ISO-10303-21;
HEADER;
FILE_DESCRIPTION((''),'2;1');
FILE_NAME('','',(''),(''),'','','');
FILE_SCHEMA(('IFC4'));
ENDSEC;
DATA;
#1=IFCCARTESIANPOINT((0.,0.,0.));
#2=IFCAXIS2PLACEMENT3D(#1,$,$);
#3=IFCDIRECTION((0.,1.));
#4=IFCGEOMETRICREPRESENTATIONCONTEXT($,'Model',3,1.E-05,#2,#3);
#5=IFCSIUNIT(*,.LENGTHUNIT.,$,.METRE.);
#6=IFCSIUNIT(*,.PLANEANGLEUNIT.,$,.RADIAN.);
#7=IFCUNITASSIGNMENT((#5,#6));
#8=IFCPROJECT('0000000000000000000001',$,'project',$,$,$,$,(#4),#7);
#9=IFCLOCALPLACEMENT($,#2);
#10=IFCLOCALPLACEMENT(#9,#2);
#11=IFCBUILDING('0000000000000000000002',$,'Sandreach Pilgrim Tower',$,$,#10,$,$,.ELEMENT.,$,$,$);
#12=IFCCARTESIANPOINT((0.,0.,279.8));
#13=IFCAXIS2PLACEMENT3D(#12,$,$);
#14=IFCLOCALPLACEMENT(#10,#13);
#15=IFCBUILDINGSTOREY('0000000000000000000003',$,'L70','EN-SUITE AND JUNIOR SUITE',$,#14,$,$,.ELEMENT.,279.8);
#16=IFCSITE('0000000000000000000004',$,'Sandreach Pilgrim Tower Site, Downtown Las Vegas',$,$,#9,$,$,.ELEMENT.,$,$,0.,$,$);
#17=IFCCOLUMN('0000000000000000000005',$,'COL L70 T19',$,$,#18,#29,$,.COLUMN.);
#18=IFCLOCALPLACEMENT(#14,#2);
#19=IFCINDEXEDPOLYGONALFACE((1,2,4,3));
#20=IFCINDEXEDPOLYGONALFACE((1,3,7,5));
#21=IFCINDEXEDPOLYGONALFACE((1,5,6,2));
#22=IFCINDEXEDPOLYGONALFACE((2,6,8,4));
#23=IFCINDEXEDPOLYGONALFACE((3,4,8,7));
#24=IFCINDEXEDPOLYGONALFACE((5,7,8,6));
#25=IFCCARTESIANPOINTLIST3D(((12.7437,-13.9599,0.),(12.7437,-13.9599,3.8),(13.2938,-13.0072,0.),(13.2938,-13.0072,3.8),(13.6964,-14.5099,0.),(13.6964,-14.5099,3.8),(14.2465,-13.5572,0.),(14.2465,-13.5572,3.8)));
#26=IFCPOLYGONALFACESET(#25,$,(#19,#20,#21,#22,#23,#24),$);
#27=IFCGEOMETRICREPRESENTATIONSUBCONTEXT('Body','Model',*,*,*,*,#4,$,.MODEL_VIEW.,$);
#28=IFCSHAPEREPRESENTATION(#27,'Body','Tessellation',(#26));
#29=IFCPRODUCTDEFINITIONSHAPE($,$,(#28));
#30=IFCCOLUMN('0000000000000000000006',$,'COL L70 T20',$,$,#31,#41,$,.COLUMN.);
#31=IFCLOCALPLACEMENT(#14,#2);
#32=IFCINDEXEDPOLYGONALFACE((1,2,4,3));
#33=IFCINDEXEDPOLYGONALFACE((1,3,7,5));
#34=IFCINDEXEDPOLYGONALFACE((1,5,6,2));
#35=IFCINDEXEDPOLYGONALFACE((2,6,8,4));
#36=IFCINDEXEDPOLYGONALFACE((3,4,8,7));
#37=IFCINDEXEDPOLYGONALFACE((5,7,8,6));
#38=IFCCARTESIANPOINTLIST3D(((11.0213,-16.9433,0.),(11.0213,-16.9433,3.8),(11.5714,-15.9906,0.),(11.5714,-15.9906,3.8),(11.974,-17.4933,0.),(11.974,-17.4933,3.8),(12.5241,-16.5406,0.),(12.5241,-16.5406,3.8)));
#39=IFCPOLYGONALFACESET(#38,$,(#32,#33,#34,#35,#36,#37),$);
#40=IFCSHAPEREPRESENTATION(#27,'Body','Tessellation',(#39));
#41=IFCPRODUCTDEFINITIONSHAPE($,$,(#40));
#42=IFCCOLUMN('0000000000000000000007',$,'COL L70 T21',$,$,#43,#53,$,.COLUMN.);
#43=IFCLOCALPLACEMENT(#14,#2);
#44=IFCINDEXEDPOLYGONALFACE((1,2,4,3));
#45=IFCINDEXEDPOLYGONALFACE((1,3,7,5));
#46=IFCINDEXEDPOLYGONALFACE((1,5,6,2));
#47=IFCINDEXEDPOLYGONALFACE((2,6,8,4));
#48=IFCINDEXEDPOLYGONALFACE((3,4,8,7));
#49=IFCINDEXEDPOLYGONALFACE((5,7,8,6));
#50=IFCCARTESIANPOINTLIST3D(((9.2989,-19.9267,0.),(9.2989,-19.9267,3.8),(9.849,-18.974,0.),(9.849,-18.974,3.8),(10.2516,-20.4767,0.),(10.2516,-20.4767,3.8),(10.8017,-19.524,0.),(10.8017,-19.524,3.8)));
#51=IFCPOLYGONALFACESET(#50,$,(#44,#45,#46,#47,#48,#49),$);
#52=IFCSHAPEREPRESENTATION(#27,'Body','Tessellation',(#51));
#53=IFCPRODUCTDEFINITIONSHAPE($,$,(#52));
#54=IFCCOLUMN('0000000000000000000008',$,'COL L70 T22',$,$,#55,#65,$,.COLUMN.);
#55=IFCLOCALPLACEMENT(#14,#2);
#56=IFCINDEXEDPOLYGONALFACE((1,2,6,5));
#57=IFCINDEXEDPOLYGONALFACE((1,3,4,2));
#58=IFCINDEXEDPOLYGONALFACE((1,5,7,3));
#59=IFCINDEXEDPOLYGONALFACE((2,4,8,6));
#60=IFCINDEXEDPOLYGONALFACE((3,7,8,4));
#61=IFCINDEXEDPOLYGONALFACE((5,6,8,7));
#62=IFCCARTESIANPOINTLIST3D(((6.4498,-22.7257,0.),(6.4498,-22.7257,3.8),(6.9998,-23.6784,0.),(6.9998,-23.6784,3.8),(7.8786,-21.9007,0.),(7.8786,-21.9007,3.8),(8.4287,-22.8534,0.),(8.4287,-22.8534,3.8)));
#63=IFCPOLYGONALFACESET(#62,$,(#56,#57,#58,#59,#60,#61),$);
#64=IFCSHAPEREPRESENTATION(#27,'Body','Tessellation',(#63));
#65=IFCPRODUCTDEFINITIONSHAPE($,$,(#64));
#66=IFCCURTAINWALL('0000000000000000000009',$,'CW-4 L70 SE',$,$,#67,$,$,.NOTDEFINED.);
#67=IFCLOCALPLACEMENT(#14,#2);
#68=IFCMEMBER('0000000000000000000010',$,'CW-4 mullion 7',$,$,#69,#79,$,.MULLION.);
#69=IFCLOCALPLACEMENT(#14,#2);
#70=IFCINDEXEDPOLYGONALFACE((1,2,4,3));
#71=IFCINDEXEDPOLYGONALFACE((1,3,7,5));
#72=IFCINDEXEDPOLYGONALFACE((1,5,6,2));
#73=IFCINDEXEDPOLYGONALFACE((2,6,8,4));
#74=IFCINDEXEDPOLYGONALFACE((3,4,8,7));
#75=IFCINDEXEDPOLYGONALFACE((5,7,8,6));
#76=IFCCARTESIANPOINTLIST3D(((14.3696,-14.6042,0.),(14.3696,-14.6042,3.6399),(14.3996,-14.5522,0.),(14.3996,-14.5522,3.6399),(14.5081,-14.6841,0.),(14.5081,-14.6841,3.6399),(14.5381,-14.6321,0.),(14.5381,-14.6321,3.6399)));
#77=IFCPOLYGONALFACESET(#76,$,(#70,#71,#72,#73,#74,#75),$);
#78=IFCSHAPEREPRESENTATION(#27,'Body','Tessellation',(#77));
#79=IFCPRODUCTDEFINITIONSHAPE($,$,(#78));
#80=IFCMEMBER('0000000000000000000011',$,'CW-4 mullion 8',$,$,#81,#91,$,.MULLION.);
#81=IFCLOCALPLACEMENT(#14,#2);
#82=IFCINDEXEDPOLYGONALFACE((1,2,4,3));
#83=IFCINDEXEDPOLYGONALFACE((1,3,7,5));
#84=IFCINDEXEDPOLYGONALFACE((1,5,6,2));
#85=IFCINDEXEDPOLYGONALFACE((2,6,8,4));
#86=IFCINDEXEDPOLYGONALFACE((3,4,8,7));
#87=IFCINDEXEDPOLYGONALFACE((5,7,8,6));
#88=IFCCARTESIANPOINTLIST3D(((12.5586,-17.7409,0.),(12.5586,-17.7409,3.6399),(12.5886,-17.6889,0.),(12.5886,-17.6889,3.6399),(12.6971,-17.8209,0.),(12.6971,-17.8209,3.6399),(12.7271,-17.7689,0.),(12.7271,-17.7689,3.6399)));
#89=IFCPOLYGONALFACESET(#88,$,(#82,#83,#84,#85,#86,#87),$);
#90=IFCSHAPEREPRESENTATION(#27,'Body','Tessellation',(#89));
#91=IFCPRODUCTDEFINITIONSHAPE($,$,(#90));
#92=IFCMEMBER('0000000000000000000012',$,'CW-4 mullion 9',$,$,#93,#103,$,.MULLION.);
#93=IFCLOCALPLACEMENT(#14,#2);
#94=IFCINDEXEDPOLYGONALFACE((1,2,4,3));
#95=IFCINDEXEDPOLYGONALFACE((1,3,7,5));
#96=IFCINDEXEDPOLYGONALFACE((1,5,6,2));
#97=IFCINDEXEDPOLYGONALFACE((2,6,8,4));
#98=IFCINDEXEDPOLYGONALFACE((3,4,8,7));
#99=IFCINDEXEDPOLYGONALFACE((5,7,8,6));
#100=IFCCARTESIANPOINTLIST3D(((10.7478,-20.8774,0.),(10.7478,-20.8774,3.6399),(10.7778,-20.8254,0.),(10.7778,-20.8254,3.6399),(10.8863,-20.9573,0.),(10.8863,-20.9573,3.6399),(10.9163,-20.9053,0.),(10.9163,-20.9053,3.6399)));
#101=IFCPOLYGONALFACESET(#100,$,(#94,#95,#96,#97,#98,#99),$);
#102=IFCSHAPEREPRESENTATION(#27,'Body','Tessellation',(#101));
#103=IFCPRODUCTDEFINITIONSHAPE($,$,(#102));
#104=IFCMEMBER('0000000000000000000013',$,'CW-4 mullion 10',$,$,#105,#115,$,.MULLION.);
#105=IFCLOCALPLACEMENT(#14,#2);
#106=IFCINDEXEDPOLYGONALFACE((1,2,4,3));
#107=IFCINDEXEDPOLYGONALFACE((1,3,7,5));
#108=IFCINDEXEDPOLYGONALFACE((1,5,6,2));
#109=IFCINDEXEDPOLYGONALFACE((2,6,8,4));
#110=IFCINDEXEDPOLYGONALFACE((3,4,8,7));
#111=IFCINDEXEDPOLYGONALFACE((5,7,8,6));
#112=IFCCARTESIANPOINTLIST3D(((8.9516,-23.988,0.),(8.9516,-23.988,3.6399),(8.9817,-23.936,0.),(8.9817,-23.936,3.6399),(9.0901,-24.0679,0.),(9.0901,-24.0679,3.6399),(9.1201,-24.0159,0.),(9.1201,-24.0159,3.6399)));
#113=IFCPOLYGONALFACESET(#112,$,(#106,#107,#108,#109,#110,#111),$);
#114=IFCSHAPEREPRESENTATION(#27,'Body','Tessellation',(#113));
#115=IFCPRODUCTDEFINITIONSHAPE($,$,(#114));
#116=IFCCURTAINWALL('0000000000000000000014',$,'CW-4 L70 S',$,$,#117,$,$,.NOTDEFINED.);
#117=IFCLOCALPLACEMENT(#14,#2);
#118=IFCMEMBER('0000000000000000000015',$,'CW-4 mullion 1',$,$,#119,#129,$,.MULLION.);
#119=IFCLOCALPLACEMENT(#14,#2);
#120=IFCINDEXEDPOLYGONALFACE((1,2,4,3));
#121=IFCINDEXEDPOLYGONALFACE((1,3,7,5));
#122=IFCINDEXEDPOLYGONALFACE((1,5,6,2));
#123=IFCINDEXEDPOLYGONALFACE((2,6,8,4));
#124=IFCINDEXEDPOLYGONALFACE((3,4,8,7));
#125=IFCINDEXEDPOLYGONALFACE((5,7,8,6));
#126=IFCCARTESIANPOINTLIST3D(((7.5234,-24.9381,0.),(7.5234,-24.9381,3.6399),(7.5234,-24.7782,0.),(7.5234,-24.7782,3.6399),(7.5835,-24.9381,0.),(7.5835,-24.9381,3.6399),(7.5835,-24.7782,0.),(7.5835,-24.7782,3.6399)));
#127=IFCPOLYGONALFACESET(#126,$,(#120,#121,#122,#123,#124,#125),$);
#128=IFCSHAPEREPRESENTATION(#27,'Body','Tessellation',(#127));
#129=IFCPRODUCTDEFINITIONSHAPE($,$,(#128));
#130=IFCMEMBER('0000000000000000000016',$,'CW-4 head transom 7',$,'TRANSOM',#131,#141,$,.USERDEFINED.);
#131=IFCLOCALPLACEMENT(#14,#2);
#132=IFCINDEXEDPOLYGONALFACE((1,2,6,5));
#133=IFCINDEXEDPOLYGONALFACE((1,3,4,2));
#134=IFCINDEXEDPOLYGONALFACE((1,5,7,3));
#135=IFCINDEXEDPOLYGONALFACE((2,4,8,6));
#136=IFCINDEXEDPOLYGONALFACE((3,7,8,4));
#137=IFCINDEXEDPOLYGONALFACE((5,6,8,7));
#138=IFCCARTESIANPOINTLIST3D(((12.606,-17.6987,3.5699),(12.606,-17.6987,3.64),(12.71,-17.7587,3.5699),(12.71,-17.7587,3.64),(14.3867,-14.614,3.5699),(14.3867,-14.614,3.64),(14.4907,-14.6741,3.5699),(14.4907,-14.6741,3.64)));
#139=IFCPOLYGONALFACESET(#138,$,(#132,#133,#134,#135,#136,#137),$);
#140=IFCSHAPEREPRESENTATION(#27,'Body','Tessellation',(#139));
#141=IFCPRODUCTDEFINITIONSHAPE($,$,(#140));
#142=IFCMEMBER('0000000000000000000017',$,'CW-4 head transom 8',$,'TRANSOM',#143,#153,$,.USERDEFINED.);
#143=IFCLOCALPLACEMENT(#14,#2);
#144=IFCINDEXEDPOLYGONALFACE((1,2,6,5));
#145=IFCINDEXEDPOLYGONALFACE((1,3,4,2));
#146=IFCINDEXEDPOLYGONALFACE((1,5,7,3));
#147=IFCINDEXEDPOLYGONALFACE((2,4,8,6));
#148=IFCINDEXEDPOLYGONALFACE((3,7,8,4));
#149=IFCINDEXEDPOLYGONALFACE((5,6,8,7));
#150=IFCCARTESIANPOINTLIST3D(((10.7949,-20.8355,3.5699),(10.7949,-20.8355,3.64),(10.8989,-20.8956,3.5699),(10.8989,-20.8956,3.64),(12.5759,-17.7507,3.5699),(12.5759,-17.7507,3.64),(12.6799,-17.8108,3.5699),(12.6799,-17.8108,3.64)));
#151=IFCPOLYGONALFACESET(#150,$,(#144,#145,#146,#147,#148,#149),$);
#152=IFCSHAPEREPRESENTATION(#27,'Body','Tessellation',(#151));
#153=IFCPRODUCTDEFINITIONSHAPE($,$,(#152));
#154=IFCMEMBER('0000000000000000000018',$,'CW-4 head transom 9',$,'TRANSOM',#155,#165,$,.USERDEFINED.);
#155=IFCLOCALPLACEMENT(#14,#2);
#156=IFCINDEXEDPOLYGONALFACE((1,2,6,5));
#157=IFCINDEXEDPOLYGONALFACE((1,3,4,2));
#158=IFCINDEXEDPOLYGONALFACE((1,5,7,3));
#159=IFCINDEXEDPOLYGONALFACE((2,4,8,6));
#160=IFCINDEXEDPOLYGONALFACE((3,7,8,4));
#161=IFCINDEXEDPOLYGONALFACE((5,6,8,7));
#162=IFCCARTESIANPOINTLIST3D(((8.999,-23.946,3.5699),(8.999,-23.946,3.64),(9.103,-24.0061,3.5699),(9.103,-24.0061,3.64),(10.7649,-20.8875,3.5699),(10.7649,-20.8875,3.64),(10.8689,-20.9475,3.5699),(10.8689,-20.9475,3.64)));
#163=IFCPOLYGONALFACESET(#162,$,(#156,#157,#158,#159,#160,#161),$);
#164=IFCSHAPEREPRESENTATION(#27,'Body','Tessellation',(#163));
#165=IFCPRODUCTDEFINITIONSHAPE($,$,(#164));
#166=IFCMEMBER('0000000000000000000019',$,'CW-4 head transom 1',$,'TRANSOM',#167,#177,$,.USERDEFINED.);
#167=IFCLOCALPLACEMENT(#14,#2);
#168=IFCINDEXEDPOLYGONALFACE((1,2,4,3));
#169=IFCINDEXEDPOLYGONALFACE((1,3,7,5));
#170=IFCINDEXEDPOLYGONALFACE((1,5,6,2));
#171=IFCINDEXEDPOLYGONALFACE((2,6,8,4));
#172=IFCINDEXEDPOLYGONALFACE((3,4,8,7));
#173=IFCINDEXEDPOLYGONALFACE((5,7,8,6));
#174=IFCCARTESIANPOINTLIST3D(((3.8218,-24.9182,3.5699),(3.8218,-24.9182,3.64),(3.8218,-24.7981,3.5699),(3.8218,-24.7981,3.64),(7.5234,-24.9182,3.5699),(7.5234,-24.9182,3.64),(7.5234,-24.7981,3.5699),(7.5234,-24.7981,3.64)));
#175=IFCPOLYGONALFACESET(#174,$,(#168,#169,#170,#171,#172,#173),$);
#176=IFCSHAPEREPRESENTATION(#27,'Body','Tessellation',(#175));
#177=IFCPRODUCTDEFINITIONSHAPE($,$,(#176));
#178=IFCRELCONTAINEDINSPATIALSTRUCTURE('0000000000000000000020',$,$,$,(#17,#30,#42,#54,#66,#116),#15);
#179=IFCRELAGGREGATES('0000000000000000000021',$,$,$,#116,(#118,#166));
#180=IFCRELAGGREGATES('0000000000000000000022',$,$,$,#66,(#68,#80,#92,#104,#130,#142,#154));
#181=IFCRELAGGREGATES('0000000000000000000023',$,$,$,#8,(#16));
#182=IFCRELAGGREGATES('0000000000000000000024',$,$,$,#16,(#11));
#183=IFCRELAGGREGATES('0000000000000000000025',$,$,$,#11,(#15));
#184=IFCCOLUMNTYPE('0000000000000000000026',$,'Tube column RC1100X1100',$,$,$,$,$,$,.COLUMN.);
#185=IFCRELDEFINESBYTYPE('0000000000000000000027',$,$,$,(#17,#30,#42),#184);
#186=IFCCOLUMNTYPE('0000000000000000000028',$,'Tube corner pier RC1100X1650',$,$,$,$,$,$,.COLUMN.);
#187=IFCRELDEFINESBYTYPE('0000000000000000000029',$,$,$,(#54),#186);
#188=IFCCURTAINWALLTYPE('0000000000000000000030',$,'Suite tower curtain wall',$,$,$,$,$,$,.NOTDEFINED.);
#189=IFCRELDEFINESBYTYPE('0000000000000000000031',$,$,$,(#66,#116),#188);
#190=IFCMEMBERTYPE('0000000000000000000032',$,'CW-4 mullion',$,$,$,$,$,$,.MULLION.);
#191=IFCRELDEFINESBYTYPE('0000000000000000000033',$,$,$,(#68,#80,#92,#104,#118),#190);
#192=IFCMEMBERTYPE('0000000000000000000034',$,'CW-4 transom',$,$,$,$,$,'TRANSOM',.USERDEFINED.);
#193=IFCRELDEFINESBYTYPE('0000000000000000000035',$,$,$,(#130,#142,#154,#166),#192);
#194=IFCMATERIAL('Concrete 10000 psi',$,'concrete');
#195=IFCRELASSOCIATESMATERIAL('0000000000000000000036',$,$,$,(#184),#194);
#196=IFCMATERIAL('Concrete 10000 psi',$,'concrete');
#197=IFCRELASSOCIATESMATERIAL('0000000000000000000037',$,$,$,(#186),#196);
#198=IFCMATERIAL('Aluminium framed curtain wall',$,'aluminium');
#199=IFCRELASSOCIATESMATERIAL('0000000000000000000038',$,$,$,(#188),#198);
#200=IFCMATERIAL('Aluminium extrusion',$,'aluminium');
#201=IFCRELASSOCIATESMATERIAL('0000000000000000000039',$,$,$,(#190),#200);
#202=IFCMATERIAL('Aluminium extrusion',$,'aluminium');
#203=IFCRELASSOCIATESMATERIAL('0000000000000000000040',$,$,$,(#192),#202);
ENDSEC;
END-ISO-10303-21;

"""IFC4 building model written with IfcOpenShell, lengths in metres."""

from ifc_helpers import new_model, si_unit, direction, frame, origin, origin_2d, place, context, subcontext, project, spatial, rectangle, extrude, material, material_profile, profile_set, type_object, element, aggregate, save


model = new_model("IFC4")

# Units and contexts
model_context = context("Model", 3, precision=1e-05, world=origin(), true_north=direction((0.0, 1.0)))
body_context = subcontext(model_context, "Body", "Model", "MODEL_VIEW")
ifc_project = project(units=[si_unit("LENGTHUNIT", "METRE"), si_unit("PLANEANGLEUNIT", "RADIAN")], contexts=[model_context])

# Site, building, storey
site_placement = place(None, origin())
site = spatial("IfcSite", under=ifc_project, at=site_placement, Name="Sandreach Pilgrim Tower Site, Downtown Las Vegas", CompositionType="ELEMENT", RefElevation=0.0)
building_placement = place(site_placement, origin())
building = spatial("IfcBuilding", under=site, at=building_placement, Name="Sandreach Pilgrim Tower", CompositionType="ELEMENT")
storey_placement = place(building_placement, frame((0.0, 0.0, 279.8)))
storey = spatial("IfcBuildingStorey", under=building, at=storey_placement, Name="L70", Description="EN-SUITE AND JUNIOR SUITE", CompositionType="ELEMENT", Elevation=279.8)

# Columns
ifc_material_1 = material(Name="Concrete 10000 psi", Category="concrete")
ifc_material_profile_1 = material_profile(ifc_material_1, rectangle(XDim=1.1001, YDim=1.1001, at=origin_2d()), Name="RC1100X1100")
ifc_profile_set_1 = profile_set([ifc_material_profile_1], Name="Concrete 10000 psi")
column_type_1 = type_object("IfcColumnType", Name="Tube column RC1100X1100", PredefinedType="COLUMN", material=ifc_profile_set_1)
for number, where, z_axis, x_axis, name in (
    (1, (13.4951, -13.7585, 0.0), (0.0, 0.0, 1.0), (0.866025, -0.5, 0.0), "COL L70 T19"),
    (2, (11.7727, -16.7419, 0.0), (0.0, 0.0, 1.0), (0.866025, -0.5, 0.0), "COL L70 T20"),
    (3, (10.0503, -19.7253, 0.0), (0.0, 0.0, 1.0), (0.866025, -0.5, 0.0), "COL L70 T21"),
):
    element("IfcColumn", number, at=place(storey_placement, frame(where, z_axis=z_axis, x_axis=x_axis)), inside=storey, type_object=column_type_1, Name=name, PredefinedType="COLUMN", context=body_context, shape_type="SweptSolid", body=[
        extrude(rectangle(XDim=1.1001, YDim=1.1001, at=origin_2d()), origin(), (0.0, 0.0, 1.0), 3.8),
    ])
ifc_material_2 = material(Name="Concrete 10000 psi", Category="concrete")
ifc_material_profile_2 = material_profile(ifc_material_2, rectangle(XDim=1.1001, YDim=1.6499, at=origin_2d()), Name="RC1100X1650")
ifc_profile_set_2 = profile_set([ifc_material_profile_2], Name="Concrete 10000 psi")
column_type_2 = type_object("IfcColumnType", Name="Tube corner pier RC1100X1650", PredefinedType="COLUMN", material=ifc_profile_set_2)
column_placement = place(storey_placement, frame((7.4392, -22.7896, 0.0), z_axis=(0.0, 0.0, 1.0), x_axis=(0.5, -0.866025, 0.0)))
element("IfcColumn", 4, at=column_placement, inside=storey, type_object=column_type_2, Name="COL L70 T22", PredefinedType="COLUMN", context=body_context, shape_type="SweptSolid", body=[
    extrude(rectangle(XDim=1.1001, YDim=1.6499, at=origin_2d()), origin(), (0.0, 0.0, 1.0), 3.8),
])

# Curtain wall, members
ifc_material_3 = material(Name="Aluminium framed curtain wall", Category="aluminium")
curtain_wall_type = type_object("IfcCurtainWallType", Name="Suite tower curtain wall", PredefinedType="NOTDEFINED", material=ifc_material_3)
curtain_wall_1_placement = place(storey_placement, origin())
curtain_wall_1 = element("IfcCurtainWall", 5, at=curtain_wall_1_placement, inside=storey, type_object=curtain_wall_type, Name="CW-4 L70 SE", PredefinedType="NOTDEFINED")
ifc_material_4 = material(Name="Aluminium extrusion", Category="aluminium")
ifc_material_profile_3 = material_profile(ifc_material_4, rectangle(XDim=0.0601, YDim=0.1599, at=origin_2d()), Name="CW-4M 60X160")
ifc_profile_set_3 = profile_set([ifc_material_profile_3], Name="Aluminium extrusion")
member_type_1 = type_object("IfcMemberType", Name="CW-4 mullion", PredefinedType="MULLION", material=ifc_profile_set_3)
member_1_placement = place(storey_placement, frame((14.4539, -14.6182, 0.0), z_axis=(0.0, 0.0, 1.0), x_axis=(-0.5, -0.866025, 0.0)))
member_1 = element("IfcMember", 6, at=member_1_placement, type_object=member_type_1, Name="CW-4 mullion 7", PredefinedType="MULLION", context=body_context, shape_type="SweptSolid", body=[
    extrude(rectangle(XDim=0.0601, YDim=0.1599, at=origin_2d()), origin(), (0.0, 0.0, 1.0), 3.6399),
])
member_2_placement = place(storey_placement, frame((12.6428, -17.7549, 0.0), z_axis=(0.0, 0.0, 1.0), x_axis=(-0.5, -0.866025, 0.0)))
member_2 = element("IfcMember", 7, at=member_2_placement, type_object=member_type_1, Name="CW-4 mullion 8", PredefinedType="MULLION", context=body_context, shape_type="SweptSolid", body=[
    extrude(rectangle(XDim=0.0601, YDim=0.1599, at=origin_2d()), origin(), (0.0, 0.0, 1.0), 3.6399),
])
member_3_placement = place(storey_placement, frame((10.832, -20.8914, 0.0), z_axis=(0.0, 0.0, 1.0), x_axis=(-0.5, -0.866025, 0.0)))
member_3 = element("IfcMember", 8, at=member_3_placement, type_object=member_type_1, Name="CW-4 mullion 9", PredefinedType="MULLION", context=body_context, shape_type="SweptSolid", body=[
    extrude(rectangle(XDim=0.0601, YDim=0.1599, at=origin_2d()), origin(), (0.0, 0.0, 1.0), 3.6399),
])
member_4_placement = place(storey_placement, frame((9.0359, -24.002, 0.0), z_axis=(0.0, 0.0, 1.0), x_axis=(-0.5, -0.866025, 0.0)))
member_4 = element("IfcMember", 9, at=member_4_placement, type_object=member_type_1, Name="CW-4 mullion 10", PredefinedType="MULLION", context=body_context, shape_type="SweptSolid", body=[
    extrude(rectangle(XDim=0.0601, YDim=0.1599, at=origin_2d()), origin(), (0.0, 0.0, 1.0), 3.6399),
])

# Curtain wall, member
curtain_wall_2_placement = place(storey_placement, origin())
curtain_wall_2 = element("IfcCurtainWall", 10, at=curtain_wall_2_placement, inside=storey, type_object=curtain_wall_type, Name="CW-4 L70 S", PredefinedType="NOTDEFINED")
member_5_placement = place(storey_placement, frame((7.5535, -24.8582, 0.0), z_axis=(0.0, 0.0, 1.0), x_axis=(-1.0, 0.0, 0.0)))
member_5 = element("IfcMember", 11, at=member_5_placement, type_object=member_type_1, Name="CW-4 mullion 1", PredefinedType="MULLION", context=body_context, shape_type="SweptSolid", body=[
    extrude(rectangle(XDim=0.0601, YDim=0.1599, at=origin_2d()), origin(), (0.0, 0.0, 1.0), 3.6399),
])

# Members
ifc_material_5 = material(Name="Aluminium extrusion", Category="aluminium")
ifc_material_profile_4 = material_profile(ifc_material_5, rectangle(XDim=0.1201, YDim=0.0701, at=origin_2d()), Name="CW-4T 120X70")
ifc_profile_set_4 = profile_set([ifc_material_profile_4], Name="Aluminium extrusion")
member_type_2 = type_object("IfcMemberType", Name="CW-4 transom", ElementType="TRANSOM", PredefinedType="USERDEFINED", material=ifc_profile_set_4)
member_6_placement = place(storey_placement, frame((14.4387, -14.644, 3.605), z_axis=(-0.499958, -0.86605, 0.0), x_axis=(0.86605, -0.499958, 0.0)))
member_6 = element("IfcMember", 12, at=member_6_placement, type_object=member_type_2, Name="CW-4 head transom 7", ObjectType="TRANSOM", PredefinedType="USERDEFINED", context=body_context, shape_type="SweptSolid", body=[
    extrude(rectangle(XDim=0.1201, YDim=0.0701, at=origin_2d()), origin(), (0.0, 0.0, 1.0), 3.5618),
])
member_7_placement = place(storey_placement, frame((12.6279, -17.7808, 3.605), z_axis=(-0.500009, -0.86602, 0.0), x_axis=(0.86602, -0.500009, 0.0)))
member_7 = element("IfcMember", 13, at=member_7_placement, type_object=member_type_2, Name="CW-4 head transom 8", ObjectType="TRANSOM", PredefinedType="USERDEFINED", context=body_context, shape_type="SweptSolid", body=[
    extrude(rectangle(XDim=0.1201, YDim=0.0701, at=origin_2d()), origin(), (0.0, 0.0, 1.0), 3.562),
])
member_8_placement = place(storey_placement, frame((10.8169, -20.9175, 3.605), z_axis=(-0.499998, -0.866027, 0.0), x_axis=(0.866027, -0.499998, 0.0)))
member_8 = element("IfcMember", 14, at=member_8_placement, type_object=member_type_2, Name="CW-4 head transom 9", ObjectType="TRANSOM", PredefinedType="USERDEFINED", context=body_context, shape_type="SweptSolid", body=[
    extrude(rectangle(XDim=0.1201, YDim=0.0701, at=origin_2d()), origin(), (0.0, 0.0, 1.0), 3.5317),
])
member_9_placement = place(storey_placement, frame((7.5234, -24.8582, 3.605), z_axis=(-1.0, 0.0, 0.0), x_axis=(0.0, -1.0, 0.0)))
member_9 = element("IfcMember", 15, at=member_9_placement, type_object=member_type_2, Name="CW-4 head transom 1", ObjectType="TRANSOM", PredefinedType="USERDEFINED", context=body_context, shape_type="SweptSolid", body=[
    extrude(rectangle(XDim=0.1201, YDim=0.0701, at=origin_2d()), origin(), (0.0, 0.0, 1.0), 3.7017),
])
aggregate(curtain_wall_2, [member_5, member_9])

aggregate(curtain_wall_1, [member_1, member_2, member_3, member_4, member_6, member_7, member_8])

save(model, "model.ifc")
